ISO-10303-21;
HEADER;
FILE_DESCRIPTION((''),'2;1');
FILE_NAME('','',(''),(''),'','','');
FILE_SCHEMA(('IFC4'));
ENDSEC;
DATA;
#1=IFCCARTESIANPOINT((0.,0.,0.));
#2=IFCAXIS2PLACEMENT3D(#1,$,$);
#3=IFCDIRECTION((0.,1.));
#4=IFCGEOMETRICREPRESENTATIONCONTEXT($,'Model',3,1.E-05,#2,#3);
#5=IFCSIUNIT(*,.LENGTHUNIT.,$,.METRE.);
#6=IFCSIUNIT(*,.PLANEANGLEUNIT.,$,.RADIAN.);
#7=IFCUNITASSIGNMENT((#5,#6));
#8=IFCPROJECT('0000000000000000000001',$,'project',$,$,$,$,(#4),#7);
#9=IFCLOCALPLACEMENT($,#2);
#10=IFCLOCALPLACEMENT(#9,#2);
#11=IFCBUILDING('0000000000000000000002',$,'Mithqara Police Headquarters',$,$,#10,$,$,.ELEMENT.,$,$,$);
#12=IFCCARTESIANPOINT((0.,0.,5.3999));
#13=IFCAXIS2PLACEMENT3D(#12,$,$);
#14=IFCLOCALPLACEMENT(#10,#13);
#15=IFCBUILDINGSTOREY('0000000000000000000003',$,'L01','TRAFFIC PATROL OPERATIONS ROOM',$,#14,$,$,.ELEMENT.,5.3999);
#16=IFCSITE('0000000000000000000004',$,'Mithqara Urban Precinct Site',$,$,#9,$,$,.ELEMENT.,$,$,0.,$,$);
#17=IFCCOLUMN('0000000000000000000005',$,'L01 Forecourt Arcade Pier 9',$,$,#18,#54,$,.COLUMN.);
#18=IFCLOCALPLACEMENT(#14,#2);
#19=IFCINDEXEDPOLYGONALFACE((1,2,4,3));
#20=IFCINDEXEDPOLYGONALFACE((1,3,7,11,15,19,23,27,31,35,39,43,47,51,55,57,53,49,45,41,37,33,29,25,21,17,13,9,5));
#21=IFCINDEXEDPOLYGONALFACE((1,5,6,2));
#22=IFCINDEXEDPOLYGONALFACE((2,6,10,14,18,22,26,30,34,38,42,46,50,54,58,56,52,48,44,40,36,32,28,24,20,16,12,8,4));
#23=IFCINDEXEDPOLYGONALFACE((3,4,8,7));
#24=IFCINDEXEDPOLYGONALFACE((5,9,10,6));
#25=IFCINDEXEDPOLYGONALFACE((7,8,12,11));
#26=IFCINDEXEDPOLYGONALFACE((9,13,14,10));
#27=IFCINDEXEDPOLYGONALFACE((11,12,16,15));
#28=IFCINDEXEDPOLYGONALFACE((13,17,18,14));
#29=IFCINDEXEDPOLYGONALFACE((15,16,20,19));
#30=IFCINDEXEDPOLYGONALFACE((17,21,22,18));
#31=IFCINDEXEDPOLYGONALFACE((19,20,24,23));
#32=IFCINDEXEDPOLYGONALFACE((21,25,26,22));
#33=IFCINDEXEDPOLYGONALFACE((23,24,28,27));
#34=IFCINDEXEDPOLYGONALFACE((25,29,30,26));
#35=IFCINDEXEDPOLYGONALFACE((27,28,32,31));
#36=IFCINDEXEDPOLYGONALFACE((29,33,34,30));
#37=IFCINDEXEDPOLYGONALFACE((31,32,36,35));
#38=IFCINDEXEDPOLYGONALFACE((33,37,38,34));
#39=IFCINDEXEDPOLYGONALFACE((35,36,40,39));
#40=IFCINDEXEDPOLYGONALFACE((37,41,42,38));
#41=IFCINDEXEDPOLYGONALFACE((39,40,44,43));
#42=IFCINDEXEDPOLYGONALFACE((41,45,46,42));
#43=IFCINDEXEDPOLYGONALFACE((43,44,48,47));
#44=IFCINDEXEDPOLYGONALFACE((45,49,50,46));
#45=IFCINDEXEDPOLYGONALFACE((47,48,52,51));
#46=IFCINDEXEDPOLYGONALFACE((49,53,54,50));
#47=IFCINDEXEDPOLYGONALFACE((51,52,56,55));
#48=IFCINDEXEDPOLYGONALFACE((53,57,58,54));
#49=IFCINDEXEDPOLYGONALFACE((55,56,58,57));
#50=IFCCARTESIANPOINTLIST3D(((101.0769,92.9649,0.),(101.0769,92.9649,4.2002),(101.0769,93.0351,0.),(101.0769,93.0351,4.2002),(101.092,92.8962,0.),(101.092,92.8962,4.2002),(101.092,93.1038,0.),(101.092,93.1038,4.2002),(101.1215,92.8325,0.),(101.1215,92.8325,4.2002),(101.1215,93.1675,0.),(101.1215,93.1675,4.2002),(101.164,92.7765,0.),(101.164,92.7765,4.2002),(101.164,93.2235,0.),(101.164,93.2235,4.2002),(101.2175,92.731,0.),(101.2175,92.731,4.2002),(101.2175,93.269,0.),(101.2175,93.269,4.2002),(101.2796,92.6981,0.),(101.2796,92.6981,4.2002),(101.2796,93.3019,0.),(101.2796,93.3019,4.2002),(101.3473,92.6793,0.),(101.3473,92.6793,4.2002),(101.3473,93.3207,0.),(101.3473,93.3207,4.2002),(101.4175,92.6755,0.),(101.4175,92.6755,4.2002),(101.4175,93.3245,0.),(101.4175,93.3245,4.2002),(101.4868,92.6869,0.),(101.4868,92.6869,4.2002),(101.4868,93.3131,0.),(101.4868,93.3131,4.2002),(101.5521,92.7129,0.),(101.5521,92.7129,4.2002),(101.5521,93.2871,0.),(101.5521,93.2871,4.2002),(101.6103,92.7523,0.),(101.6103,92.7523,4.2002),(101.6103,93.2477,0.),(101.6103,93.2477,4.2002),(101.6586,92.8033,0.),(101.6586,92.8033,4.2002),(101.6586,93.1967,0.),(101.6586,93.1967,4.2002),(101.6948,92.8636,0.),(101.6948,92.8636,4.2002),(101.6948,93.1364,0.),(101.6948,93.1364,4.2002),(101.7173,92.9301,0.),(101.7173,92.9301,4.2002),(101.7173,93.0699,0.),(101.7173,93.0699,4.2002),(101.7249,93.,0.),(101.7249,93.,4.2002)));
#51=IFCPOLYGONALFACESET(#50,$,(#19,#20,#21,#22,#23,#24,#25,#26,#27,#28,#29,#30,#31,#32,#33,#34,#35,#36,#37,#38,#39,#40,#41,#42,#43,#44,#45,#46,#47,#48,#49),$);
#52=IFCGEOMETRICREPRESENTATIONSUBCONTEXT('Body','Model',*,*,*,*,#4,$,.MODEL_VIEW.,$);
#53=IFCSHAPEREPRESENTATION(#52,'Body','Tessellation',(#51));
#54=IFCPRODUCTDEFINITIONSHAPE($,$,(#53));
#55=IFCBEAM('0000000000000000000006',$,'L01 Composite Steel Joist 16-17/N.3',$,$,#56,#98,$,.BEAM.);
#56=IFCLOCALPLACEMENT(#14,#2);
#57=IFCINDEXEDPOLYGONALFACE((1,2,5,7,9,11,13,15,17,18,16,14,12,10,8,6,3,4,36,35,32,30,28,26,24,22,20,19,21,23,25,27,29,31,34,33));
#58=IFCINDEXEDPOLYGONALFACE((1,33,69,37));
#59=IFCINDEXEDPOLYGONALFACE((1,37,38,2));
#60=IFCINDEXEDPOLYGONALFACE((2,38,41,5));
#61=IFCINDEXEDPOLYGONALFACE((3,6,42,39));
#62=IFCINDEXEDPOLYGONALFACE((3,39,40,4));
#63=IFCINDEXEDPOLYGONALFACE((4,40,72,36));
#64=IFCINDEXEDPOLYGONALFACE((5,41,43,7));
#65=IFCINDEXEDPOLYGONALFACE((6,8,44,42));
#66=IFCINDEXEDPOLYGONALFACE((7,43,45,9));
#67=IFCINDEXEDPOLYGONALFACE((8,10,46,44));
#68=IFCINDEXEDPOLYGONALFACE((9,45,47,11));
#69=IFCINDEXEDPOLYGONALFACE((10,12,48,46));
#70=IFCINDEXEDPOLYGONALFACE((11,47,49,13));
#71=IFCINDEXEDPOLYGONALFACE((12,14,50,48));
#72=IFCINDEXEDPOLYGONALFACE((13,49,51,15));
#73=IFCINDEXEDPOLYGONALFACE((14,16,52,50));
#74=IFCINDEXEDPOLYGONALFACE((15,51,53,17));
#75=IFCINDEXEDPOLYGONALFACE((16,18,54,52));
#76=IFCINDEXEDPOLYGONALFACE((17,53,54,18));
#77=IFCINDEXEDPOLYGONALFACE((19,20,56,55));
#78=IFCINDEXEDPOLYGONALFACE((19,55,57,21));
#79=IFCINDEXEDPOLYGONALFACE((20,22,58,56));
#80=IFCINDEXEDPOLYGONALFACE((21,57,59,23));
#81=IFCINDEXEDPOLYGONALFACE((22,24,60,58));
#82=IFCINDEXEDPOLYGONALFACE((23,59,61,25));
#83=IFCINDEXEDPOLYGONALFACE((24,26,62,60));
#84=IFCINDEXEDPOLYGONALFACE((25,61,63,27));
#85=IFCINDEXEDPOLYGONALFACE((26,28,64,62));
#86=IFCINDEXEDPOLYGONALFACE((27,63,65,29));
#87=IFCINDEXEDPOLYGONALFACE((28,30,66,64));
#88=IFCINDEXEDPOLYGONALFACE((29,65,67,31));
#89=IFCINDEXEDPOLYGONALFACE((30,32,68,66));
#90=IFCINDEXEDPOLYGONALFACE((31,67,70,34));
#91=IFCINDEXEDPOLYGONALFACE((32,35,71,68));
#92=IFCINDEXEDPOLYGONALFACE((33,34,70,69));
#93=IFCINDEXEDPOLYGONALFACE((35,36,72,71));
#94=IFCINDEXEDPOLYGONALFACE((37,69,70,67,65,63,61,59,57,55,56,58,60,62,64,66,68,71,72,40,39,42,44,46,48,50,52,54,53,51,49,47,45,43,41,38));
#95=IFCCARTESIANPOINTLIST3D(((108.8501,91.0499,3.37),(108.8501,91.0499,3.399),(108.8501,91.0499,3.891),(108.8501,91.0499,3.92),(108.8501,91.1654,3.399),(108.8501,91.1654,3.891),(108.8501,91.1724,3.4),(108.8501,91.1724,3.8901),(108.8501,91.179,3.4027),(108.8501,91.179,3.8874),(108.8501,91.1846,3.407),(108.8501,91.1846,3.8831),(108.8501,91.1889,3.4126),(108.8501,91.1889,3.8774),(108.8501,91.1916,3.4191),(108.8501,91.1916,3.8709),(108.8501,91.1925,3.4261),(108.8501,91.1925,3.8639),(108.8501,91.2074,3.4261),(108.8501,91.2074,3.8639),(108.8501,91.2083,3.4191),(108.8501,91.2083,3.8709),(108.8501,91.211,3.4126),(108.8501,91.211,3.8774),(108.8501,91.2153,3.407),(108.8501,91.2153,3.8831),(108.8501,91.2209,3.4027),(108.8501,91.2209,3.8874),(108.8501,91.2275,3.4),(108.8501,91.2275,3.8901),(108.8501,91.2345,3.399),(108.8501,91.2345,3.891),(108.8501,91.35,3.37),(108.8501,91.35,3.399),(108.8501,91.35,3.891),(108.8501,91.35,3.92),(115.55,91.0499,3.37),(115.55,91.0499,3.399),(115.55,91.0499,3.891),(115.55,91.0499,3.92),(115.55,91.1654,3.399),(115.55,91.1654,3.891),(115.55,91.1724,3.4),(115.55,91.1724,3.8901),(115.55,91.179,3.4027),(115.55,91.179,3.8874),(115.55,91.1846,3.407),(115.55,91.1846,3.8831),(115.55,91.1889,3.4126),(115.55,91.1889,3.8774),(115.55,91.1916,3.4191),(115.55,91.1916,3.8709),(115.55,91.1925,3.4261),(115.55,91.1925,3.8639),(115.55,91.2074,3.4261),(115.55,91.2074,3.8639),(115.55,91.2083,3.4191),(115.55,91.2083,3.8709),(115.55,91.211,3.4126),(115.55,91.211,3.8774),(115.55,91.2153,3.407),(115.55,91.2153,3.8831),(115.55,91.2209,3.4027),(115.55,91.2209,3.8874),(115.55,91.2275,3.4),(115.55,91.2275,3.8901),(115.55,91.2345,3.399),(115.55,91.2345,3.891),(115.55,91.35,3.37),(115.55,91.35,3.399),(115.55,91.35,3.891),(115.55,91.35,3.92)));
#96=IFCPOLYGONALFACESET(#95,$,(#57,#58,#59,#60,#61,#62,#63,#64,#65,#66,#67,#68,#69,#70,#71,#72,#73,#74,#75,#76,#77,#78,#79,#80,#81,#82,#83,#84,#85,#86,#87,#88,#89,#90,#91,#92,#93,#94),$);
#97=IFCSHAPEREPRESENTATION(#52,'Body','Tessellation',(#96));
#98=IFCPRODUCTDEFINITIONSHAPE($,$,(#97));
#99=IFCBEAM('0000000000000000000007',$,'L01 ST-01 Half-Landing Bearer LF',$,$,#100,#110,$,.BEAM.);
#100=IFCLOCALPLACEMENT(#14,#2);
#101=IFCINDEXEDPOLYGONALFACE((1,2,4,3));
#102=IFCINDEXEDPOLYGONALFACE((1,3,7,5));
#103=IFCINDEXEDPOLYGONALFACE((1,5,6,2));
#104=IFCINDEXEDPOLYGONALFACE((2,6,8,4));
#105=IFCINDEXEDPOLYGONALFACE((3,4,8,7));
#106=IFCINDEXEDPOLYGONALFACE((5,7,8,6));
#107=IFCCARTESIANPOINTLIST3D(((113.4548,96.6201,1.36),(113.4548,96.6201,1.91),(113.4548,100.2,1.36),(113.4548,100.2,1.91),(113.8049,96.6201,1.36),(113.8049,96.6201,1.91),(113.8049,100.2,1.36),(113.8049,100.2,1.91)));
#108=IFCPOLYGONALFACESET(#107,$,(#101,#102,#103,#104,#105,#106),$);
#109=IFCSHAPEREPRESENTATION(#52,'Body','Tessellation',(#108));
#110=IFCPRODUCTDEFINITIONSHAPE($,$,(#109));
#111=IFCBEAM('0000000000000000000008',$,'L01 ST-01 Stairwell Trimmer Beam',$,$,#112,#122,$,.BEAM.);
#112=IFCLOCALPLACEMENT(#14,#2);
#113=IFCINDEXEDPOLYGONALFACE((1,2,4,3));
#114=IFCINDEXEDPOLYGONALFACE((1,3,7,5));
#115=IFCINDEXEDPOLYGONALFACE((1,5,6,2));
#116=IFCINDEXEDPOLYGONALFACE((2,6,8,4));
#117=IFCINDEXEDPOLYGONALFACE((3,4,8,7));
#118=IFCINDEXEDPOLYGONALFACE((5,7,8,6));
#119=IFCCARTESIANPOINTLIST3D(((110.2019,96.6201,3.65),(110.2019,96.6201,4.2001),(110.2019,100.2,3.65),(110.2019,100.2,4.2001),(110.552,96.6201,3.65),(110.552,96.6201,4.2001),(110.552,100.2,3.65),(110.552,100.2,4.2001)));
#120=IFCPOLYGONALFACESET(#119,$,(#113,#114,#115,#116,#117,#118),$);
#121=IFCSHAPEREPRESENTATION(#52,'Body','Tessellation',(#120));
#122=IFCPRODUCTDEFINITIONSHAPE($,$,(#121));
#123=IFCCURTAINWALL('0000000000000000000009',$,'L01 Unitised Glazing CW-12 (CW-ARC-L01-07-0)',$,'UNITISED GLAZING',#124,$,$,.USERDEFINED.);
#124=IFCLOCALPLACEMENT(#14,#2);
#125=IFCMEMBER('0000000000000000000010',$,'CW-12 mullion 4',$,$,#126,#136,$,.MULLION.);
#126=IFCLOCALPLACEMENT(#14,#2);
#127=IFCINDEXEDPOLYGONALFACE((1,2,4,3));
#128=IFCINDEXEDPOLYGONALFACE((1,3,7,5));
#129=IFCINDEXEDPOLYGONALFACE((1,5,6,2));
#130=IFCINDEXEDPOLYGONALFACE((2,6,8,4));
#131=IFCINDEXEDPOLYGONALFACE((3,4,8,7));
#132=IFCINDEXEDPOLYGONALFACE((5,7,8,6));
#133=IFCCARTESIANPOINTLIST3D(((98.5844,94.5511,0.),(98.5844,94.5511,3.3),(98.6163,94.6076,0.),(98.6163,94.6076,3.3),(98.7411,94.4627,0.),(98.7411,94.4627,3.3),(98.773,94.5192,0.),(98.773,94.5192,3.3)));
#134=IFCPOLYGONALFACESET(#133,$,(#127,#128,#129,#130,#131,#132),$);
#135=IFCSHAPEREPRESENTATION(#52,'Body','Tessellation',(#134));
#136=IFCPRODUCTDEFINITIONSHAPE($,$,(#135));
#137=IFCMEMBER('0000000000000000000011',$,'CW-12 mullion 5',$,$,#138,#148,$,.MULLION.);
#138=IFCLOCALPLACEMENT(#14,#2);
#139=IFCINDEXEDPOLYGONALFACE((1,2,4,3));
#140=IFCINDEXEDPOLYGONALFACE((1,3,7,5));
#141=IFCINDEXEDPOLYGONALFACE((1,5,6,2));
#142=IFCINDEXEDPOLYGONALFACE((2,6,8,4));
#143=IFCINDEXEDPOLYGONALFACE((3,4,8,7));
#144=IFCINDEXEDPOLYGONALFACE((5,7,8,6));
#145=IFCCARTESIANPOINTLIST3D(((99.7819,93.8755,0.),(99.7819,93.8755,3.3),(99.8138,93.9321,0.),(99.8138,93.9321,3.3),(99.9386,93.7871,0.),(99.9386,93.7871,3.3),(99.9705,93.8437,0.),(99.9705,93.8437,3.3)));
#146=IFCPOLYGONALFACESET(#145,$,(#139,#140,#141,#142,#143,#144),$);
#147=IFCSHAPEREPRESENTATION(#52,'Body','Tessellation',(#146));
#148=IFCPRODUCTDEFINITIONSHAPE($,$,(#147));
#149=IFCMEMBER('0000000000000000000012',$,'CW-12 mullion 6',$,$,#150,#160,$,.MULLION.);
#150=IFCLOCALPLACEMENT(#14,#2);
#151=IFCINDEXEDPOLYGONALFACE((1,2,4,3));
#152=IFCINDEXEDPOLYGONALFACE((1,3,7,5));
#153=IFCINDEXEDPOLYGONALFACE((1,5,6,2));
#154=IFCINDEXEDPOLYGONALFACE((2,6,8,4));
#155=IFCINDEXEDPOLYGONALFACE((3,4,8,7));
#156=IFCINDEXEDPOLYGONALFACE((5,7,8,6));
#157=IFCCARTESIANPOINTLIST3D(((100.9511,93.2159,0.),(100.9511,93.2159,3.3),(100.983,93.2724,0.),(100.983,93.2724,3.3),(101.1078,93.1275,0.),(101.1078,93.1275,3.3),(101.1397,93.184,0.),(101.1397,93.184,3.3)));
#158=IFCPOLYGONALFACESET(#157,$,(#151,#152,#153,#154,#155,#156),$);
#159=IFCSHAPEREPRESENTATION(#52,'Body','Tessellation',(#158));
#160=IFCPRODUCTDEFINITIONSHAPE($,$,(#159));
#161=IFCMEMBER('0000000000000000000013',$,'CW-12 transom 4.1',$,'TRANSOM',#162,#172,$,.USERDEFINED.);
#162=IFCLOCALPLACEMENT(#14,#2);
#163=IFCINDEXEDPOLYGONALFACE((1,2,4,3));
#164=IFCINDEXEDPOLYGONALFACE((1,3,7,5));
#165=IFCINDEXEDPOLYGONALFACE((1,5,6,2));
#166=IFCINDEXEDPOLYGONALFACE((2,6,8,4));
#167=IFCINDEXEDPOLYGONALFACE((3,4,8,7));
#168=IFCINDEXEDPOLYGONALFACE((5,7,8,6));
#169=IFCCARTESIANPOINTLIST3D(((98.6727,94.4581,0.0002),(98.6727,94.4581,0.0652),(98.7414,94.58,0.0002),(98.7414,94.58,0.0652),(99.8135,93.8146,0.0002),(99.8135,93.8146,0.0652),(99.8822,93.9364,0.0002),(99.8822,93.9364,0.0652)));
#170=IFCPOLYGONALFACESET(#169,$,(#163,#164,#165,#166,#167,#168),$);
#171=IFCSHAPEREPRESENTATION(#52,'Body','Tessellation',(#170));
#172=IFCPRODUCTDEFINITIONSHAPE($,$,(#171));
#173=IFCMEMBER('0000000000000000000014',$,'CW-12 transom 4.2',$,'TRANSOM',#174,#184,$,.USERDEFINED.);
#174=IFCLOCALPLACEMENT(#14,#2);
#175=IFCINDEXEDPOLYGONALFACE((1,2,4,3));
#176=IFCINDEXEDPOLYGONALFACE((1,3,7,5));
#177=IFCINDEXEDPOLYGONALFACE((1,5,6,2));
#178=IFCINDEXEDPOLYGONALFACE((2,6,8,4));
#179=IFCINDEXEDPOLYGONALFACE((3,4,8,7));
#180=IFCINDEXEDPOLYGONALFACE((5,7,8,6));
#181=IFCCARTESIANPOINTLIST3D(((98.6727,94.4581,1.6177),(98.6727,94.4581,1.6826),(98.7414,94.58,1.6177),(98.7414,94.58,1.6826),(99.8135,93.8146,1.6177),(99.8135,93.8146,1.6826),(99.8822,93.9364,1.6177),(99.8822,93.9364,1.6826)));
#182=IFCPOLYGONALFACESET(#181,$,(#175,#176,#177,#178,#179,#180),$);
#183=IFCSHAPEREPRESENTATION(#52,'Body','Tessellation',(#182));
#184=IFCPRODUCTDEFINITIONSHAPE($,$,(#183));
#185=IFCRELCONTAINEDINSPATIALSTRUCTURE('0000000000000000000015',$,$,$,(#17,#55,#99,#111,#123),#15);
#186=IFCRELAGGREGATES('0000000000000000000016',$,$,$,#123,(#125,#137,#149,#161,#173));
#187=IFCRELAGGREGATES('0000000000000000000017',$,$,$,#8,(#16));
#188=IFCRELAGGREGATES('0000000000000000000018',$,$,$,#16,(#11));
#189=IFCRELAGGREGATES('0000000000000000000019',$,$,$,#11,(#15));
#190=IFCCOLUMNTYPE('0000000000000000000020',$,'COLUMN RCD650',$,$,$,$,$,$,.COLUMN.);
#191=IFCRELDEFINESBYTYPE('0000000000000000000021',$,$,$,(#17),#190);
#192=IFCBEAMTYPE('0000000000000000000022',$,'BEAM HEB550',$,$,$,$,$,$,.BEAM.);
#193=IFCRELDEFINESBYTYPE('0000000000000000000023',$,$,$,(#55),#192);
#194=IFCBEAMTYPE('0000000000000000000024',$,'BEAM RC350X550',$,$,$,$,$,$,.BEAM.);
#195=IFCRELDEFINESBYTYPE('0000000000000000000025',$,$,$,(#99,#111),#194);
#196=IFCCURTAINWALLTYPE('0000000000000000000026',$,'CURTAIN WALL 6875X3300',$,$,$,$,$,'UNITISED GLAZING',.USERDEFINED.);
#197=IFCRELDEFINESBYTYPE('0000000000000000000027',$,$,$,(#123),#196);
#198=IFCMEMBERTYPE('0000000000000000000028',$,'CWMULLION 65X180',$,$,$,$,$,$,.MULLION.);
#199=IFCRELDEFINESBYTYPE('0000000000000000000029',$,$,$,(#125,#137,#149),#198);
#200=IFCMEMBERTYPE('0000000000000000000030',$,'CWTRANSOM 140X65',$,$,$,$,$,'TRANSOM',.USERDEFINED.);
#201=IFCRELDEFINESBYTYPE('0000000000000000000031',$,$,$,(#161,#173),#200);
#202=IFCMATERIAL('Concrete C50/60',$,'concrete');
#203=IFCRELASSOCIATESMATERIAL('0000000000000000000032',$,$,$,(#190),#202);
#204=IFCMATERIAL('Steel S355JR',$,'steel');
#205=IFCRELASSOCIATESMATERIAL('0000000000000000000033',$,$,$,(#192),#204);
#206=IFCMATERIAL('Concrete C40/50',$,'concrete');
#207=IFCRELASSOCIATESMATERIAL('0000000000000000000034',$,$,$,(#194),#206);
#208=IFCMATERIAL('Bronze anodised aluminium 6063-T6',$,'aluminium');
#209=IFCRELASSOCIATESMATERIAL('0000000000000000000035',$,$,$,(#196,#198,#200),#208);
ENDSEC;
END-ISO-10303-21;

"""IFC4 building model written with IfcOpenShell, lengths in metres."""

from ifc_helpers import new_model, si_unit, direction, frame, origin, origin_2d, place, context, subcontext, project, spatial, rectangle, circle, i_section, extrude, material, material_profile, profile_set, type_object, element, aggregate, save


model = new_model("IFC4")

# Units and contexts
model_context = context("Model", 3, precision=1e-05, world=origin(), true_north=direction((0.0, 1.0)))
body_context = subcontext(model_context, "Body", "Model", "MODEL_VIEW")
ifc_project = project(units=[si_unit("LENGTHUNIT", "METRE"), si_unit("PLANEANGLEUNIT", "RADIAN")], contexts=[model_context])

# Site, building, storey
site_placement = place(None, origin())
site = spatial("IfcSite", under=ifc_project, at=site_placement, Name="Mithqara Urban Precinct Site", CompositionType="ELEMENT", RefElevation=0.0)
building_placement = place(site_placement, origin())
building = spatial("IfcBuilding", under=site, at=building_placement, Name="Mithqara Police Headquarters", CompositionType="ELEMENT")
storey_placement = place(building_placement, frame((0.0, 0.0, 5.3999)))
storey = spatial("IfcBuildingStorey", under=building, at=storey_placement, Name="L01", Description="TRAFFIC PATROL OPERATIONS ROOM", CompositionType="ELEMENT", Elevation=5.3999)

# Column
ifc_material_1 = material(Name="Concrete C50/60", Category="concrete")
ifc_material_profile_1 = material_profile(ifc_material_1, circle(Radius=0.325, at=origin_2d()), Name="RCD 650")
ifc_profile_set_1 = profile_set([ifc_material_profile_1], Name="Concrete C50/60")
column_type = type_object("IfcColumnType", Name="COLUMN RCD650", PredefinedType="COLUMN", material=ifc_profile_set_1)
column_placement = place(storey_placement, frame((101.3999, 93.0, 0.0), z_axis=(0.0, 0.0, 1.0), x_axis=(1.0, 0.0, 0.0)))
element("IfcColumn", 1, at=column_placement, inside=storey, type_object=column_type, Name="L01 Forecourt Arcade Pier 9", PredefinedType="COLUMN", context=body_context, shape_type="SweptSolid", body=[
    extrude(circle(Radius=0.325, at=origin_2d()), origin(), (0.0, 0.0, 1.0), 4.2002),
])

# Beams
ifc_material_2 = material(Name="Steel S355JR", Category="steel")
ifc_material_profile_2 = material_profile(ifc_material_2, i_section(OverallWidth=0.3, OverallDepth=0.55, WebThickness=0.0149, FlangeThickness=0.0291, FilletRadius=0.0271, at=origin_2d()), Name="HEB 550")
ifc_profile_set_2 = profile_set([ifc_material_profile_2], Name="Steel S355JR")
beam_type_1 = type_object("IfcBeamType", Name="BEAM HEB550", PredefinedType="BEAM", material=ifc_profile_set_2)
beam_placement = place(storey_placement, frame((108.8501, 91.2, 3.645), z_axis=(1.0, 0.0, 0.0), x_axis=(0.0, 1.0, 0.0)))
element("IfcBeam", 2, at=beam_placement, inside=storey, type_object=beam_type_1, Name="L01 Composite Steel Joist 16-17/N.3", PredefinedType="BEAM", context=body_context, shape_type="SweptSolid", body=[
    extrude(i_section(OverallWidth=0.3, OverallDepth=0.55, WebThickness=0.0149, FlangeThickness=0.0291, FilletRadius=0.0271, at=origin_2d()), origin(), (0.0, 0.0, 1.0), 6.7),
])
ifc_material_3 = material(Name="Concrete C40/50", Category="concrete")
ifc_material_profile_3 = material_profile(ifc_material_3, rectangle(XDim=0.3501, YDim=0.55, at=origin_2d()), Name="RC 350x550")
ifc_profile_set_3 = profile_set([ifc_material_profile_3], Name="Concrete C40/50")
beam_type_2 = type_object("IfcBeamType", Name="BEAM RC350X550", PredefinedType="BEAM", material=ifc_profile_set_3)
for number, where, z_axis, x_axis, name in (
    (3, (113.6299, 96.6201, 1.635), (0.0, 1.0, 0.0), (-1.0, 0.0, 0.0), "L01 ST-01 Half-Landing Bearer LF"),
    (4, (110.377, 96.6201, 3.925), (0.0, 1.0, 0.0), (-1.0, 0.0, 0.0), "L01 ST-01 Stairwell Trimmer Beam"),
):
    element("IfcBeam", number, at=place(storey_placement, frame(where, z_axis=z_axis, x_axis=x_axis)), inside=storey, type_object=beam_type_2, Name=name, PredefinedType="BEAM", context=body_context, shape_type="SweptSolid", body=[
        extrude(rectangle(XDim=0.3501, YDim=0.55, at=origin_2d()), origin(), (0.0, 0.0, 1.0), 3.5798),
    ])

# Curtain wall, members
ifc_material_4 = material(Name="Bronze anodised aluminium 6063-T6", Category="aluminium")
curtain_wall_type = type_object("IfcCurtainWallType", Name="CURTAIN WALL 6875X3300", ElementType="UNITISED GLAZING", PredefinedType="USERDEFINED", material=ifc_material_4)
curtain_wall_placement = place(storey_placement, origin())
curtain_wall = element("IfcCurtainWall", 5, at=curtain_wall_placement, inside=storey, type_object=curtain_wall_type, Name="L01 Unitised Glazing CW-12 (CW-ARC-L01-07-0)", ObjectType="UNITISED GLAZING", PredefinedType="USERDEFINED")
ifc_material_profile_4 = material_profile(ifc_material_4, rectangle(XDim=0.0649, YDim=0.1799, at=origin_2d()), Name="CWM 65x180")
ifc_profile_set_4 = profile_set([ifc_material_profile_4], Name="Bronze anodised aluminium 6063-T6")
member_type_1 = type_object("IfcMemberType", Name="CWMULLION 65X180", PredefinedType="MULLION", material=ifc_profile_set_4)
member_1_placement = place(storey_placement, frame((98.6787, 94.5352, 0.0), z_axis=(0.0, 0.0, 1.0), x_axis=(0.491308, 0.870986, 0.0)))
member_1 = element("IfcMember", 6, at=member_1_placement, type_object=member_type_1, Name="CW-12 mullion 4", PredefinedType="MULLION", context=body_context, shape_type="SweptSolid", body=[
    extrude(rectangle(XDim=0.0649, YDim=0.1799, at=origin_2d()), origin(), (0.0, 0.0, 1.0), 3.3),
])
member_2_placement = place(storey_placement, frame((99.8762, 93.8596, 0.0), z_axis=(0.0, 0.0, 1.0), x_axis=(0.491308, 0.870986, 0.0)))
member_2 = element("IfcMember", 7, at=member_2_placement, type_object=member_type_1, Name="CW-12 mullion 5", PredefinedType="MULLION", context=body_context, shape_type="SweptSolid", body=[
    extrude(rectangle(XDim=0.0649, YDim=0.1799, at=origin_2d()), origin(), (0.0, 0.0, 1.0), 3.3),
])
member_3_placement = place(storey_placement, frame((101.0454, 93.2, 0.0), z_axis=(0.0, 0.0, 1.0), x_axis=(0.491308, 0.870986, 0.0)))
member_3 = element("IfcMember", 8, at=member_3_placement, type_object=member_type_1, Name="CW-12 mullion 6", PredefinedType="MULLION", context=body_context, shape_type="SweptSolid", body=[
    extrude(rectangle(XDim=0.0649, YDim=0.1799, at=origin_2d()), origin(), (0.0, 0.0, 1.0), 3.3),
])
ifc_material_profile_5 = material_profile(ifc_material_4, rectangle(XDim=0.1399, YDim=0.0649, at=origin_2d()), Name="CWT 140x65")
ifc_profile_set_5 = profile_set([ifc_material_profile_5], Name="Bronze anodised aluminium 6063-T6")
member_type_2 = type_object("IfcMemberType", Name="CWTRANSOM 140X65", ElementType="TRANSOM", PredefinedType="USERDEFINED", material=ifc_profile_set_5)
member_4_placement = place(storey_placement, frame((98.707, 94.519, 0.0327), z_axis=(0.870983, -0.491314, 0.0), x_axis=(0.491314, 0.870983, 0.0)))
member_4 = element("IfcMember", 9, at=member_4_placement, type_object=member_type_2, Name="CW-12 transom 4.1", ObjectType="TRANSOM", PredefinedType="USERDEFINED", context=body_context, shape_type="SweptSolid", body=[
    extrude(rectangle(XDim=0.1399, YDim=0.0649, at=origin_2d()), origin(), (0.0, 0.0, 1.0), 1.3098),
])
member_5_placement = place(storey_placement, frame((98.707, 94.519, 1.6501), z_axis=(0.870983, -0.491314, 0.0), x_axis=(0.491314, 0.870983, 0.0)))
member_5 = element("IfcMember", 10, at=member_5_placement, type_object=member_type_2, Name="CW-12 transom 4.2", ObjectType="TRANSOM", PredefinedType="USERDEFINED", context=body_context, shape_type="SweptSolid", body=[
    extrude(rectangle(XDim=0.1399, YDim=0.0649, at=origin_2d()), origin(), (0.0, 0.0, 1.0), 1.3098),
])
aggregate(curtain_wall, [member_1, member_2, member_3, member_4, member_5])

save(model, "model.ifc")
